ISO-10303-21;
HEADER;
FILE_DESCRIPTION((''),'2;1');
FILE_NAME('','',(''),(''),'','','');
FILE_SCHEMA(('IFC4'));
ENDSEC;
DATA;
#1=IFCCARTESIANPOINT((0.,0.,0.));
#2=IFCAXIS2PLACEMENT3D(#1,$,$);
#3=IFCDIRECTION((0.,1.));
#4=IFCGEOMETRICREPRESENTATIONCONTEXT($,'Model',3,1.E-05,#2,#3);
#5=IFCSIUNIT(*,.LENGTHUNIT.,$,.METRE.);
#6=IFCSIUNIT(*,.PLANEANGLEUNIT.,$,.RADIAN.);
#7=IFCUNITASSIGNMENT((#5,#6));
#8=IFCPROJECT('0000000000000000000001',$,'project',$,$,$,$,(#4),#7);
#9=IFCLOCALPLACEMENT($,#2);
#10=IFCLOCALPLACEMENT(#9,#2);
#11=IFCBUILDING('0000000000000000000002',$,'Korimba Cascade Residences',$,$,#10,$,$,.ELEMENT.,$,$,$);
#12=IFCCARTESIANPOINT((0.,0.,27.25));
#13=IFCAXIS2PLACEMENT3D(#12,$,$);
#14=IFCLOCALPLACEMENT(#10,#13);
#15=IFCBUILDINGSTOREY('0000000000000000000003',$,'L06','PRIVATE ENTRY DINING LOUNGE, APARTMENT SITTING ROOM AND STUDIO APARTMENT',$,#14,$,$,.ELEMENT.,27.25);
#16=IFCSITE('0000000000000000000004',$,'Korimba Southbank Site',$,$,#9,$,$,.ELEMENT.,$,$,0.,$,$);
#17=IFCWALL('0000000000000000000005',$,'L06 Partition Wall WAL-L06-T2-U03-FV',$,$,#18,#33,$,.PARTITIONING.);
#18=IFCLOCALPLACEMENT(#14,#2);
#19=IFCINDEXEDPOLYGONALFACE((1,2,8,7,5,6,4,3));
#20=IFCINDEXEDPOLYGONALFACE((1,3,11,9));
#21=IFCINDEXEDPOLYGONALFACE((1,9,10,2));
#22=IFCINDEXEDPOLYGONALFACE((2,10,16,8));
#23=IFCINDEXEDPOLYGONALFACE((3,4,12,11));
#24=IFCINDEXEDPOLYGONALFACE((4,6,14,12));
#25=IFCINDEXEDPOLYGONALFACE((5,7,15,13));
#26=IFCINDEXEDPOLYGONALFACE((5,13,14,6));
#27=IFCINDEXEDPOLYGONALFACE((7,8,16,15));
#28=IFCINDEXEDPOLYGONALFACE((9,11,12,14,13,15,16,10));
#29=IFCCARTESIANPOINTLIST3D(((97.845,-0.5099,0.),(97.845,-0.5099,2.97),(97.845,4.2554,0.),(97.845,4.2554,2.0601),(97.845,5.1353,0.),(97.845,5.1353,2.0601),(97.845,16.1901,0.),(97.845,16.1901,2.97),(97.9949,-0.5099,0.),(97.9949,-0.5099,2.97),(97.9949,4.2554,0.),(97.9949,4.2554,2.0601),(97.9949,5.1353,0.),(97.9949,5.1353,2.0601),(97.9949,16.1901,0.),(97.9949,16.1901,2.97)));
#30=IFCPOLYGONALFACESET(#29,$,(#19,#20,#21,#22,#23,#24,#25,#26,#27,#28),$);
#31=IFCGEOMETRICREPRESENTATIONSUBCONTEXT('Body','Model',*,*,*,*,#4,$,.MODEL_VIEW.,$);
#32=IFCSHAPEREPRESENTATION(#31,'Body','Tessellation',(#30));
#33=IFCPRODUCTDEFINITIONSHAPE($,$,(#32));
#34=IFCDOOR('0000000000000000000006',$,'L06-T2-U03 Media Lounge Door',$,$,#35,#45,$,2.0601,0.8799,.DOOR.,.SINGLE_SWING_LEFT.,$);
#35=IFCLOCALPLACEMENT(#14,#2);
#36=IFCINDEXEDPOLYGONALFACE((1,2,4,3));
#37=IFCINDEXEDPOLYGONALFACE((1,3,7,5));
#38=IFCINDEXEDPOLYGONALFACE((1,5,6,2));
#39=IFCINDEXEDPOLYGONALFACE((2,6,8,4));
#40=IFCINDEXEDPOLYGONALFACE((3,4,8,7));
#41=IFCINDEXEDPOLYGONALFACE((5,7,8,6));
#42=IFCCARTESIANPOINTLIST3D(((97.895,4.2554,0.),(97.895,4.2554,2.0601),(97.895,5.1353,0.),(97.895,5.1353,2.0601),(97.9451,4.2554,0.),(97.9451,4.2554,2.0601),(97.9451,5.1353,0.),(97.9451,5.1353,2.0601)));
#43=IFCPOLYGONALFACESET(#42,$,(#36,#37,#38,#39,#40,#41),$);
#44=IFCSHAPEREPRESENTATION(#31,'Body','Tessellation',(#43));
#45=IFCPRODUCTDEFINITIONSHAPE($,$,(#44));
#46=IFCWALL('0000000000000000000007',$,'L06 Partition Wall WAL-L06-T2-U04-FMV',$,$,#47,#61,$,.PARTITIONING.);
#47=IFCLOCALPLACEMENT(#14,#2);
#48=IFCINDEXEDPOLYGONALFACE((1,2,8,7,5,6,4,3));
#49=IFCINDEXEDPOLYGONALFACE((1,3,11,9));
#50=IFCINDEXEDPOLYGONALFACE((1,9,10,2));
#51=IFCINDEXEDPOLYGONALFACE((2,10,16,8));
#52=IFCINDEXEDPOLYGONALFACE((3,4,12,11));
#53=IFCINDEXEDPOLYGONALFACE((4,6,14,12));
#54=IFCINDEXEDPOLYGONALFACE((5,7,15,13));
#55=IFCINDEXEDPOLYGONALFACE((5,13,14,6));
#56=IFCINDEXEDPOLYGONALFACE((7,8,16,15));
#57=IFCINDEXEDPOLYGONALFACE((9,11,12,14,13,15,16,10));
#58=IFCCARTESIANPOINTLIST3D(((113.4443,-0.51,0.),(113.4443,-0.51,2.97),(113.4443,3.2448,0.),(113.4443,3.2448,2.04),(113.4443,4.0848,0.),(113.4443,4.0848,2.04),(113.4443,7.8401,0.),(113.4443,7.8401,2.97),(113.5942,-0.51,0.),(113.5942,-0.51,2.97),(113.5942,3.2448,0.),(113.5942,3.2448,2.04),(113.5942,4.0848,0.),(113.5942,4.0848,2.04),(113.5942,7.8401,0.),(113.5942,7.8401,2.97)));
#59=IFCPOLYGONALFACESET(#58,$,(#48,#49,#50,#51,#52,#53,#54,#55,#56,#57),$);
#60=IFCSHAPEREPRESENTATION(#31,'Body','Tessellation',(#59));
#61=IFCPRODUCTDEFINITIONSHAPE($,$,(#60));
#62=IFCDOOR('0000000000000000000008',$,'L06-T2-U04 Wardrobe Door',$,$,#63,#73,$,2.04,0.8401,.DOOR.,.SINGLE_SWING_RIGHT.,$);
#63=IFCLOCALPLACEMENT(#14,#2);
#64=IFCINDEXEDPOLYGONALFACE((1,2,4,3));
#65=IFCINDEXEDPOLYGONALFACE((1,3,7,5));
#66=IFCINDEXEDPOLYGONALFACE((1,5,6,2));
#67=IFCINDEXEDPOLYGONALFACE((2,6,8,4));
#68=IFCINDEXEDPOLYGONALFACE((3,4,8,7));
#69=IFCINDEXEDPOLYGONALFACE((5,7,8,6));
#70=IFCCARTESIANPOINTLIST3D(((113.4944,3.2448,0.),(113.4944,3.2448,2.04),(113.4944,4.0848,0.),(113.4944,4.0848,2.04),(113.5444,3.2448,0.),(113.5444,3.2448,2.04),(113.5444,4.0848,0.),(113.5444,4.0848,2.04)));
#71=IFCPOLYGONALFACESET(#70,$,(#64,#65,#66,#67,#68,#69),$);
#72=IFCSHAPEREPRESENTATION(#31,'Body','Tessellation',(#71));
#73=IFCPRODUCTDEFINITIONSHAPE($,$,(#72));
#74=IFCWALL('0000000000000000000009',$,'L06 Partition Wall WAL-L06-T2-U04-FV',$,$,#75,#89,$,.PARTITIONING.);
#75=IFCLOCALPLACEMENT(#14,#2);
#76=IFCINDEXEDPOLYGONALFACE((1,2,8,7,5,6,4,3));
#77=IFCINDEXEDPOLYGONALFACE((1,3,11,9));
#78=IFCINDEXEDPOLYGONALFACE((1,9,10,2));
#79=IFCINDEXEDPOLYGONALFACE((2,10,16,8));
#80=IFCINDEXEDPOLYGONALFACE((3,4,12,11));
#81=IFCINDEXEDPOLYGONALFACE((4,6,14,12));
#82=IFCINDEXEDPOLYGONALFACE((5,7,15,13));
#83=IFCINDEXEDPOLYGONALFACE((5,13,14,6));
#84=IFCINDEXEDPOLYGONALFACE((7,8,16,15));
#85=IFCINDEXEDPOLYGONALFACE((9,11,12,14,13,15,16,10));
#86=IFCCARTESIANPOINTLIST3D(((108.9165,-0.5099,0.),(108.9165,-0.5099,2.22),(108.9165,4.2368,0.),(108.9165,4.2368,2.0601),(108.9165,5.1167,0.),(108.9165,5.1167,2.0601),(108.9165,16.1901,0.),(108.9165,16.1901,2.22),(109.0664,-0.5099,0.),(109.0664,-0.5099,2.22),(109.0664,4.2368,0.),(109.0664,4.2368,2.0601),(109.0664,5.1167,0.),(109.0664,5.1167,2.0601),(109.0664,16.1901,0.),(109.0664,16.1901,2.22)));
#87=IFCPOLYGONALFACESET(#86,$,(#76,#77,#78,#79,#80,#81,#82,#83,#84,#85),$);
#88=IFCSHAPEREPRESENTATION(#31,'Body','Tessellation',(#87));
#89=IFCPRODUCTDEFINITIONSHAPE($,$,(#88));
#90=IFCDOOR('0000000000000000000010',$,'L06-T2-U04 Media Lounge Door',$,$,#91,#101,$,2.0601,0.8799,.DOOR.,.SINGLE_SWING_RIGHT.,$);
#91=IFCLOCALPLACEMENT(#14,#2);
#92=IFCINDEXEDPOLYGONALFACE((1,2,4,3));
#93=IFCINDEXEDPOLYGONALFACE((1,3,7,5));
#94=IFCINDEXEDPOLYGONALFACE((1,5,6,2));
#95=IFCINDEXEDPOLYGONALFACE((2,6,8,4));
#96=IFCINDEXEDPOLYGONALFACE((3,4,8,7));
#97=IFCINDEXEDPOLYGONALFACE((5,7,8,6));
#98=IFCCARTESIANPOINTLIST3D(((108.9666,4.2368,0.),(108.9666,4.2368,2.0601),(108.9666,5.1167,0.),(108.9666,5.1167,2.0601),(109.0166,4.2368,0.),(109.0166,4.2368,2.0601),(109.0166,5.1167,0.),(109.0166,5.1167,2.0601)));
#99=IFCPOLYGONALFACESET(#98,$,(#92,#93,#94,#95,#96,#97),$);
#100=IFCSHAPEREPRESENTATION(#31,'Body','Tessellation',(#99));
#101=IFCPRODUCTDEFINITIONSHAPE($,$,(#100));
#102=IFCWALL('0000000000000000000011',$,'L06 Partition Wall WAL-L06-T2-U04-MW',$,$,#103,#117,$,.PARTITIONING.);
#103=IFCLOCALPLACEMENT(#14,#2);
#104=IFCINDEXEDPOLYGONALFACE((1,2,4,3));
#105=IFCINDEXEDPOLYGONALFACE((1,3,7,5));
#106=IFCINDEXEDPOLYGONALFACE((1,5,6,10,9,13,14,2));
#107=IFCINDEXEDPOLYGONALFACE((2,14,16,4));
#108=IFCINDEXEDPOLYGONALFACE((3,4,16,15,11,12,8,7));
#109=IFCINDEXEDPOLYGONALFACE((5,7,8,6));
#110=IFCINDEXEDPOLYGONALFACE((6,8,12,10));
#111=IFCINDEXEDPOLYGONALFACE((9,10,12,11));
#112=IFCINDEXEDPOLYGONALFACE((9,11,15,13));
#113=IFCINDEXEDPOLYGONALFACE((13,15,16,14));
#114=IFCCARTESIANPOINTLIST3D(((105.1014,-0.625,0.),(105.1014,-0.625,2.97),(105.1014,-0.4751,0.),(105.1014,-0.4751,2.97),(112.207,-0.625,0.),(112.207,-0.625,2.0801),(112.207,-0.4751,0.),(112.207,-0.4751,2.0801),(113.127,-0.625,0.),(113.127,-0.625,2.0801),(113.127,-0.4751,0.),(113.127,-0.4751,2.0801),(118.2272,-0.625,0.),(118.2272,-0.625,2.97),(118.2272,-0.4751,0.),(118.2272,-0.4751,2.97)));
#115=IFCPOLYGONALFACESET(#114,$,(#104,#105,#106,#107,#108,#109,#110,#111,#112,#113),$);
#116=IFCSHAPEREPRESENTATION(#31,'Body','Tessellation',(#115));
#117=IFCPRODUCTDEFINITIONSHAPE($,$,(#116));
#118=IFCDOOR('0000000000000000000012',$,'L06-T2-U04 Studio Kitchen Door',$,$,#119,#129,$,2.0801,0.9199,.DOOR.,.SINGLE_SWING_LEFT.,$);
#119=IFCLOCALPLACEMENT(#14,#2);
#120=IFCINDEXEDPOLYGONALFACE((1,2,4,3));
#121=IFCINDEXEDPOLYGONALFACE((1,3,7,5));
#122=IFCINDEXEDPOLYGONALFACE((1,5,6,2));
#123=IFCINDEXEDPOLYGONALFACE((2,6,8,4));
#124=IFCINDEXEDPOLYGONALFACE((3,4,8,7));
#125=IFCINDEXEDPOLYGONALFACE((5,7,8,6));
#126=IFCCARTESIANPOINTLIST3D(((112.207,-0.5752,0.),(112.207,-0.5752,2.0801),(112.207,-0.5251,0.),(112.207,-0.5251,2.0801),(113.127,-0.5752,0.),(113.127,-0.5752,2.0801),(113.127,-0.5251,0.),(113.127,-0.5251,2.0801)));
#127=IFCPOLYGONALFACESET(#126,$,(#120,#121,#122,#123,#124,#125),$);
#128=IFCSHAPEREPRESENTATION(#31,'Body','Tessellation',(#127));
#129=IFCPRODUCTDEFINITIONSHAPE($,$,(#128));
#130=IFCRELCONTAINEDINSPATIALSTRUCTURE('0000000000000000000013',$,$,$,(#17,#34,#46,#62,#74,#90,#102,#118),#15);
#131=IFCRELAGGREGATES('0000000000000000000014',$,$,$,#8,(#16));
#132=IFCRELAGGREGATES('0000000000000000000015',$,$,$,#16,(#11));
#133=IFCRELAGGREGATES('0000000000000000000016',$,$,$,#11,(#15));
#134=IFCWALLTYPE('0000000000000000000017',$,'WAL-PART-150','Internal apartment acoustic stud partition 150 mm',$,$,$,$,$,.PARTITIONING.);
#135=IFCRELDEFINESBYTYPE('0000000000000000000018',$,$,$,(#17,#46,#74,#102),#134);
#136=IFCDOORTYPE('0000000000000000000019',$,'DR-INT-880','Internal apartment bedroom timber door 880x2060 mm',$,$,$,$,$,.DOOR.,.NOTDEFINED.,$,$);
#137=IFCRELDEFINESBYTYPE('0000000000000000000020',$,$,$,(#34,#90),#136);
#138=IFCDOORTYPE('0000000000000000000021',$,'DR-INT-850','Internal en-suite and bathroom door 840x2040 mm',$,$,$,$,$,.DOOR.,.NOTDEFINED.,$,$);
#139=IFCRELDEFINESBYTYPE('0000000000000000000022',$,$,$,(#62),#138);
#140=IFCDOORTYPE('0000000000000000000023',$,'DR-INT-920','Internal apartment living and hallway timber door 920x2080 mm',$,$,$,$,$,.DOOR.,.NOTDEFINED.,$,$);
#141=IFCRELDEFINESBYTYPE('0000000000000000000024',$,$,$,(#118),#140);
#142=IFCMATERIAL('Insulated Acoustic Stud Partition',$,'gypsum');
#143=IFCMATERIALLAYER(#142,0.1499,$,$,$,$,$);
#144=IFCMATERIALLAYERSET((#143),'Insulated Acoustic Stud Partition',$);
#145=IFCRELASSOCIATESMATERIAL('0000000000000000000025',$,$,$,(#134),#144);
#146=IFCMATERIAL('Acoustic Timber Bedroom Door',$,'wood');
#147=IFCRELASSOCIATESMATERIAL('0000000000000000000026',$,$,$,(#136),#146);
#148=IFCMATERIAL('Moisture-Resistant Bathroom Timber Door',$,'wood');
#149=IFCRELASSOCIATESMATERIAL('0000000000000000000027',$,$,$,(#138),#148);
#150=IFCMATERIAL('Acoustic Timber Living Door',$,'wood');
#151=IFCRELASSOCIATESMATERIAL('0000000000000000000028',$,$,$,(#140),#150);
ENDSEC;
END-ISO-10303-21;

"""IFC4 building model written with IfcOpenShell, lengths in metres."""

from ifc_helpers import new_model, si_unit, direction, frame, frame_2d, origin, place, context, subcontext, project, spatial, rectangle, extrude, material, layer, layer_set, type_object, element, fill, save


model = new_model("IFC4")

# Units and contexts
model_context = context("Model", 3, precision=1e-05, world=origin(), true_north=direction((0.0, 1.0)))
body_context = subcontext(model_context, "Body", "Model", "MODEL_VIEW")
ifc_project = project(units=[si_unit("LENGTHUNIT", "METRE"), si_unit("PLANEANGLEUNIT", "RADIAN")], contexts=[model_context])

# Site, building, storey
site_placement = place(None, origin())
site = spatial("IfcSite", under=ifc_project, at=site_placement, Name="Korimba Southbank Site", CompositionType="ELEMENT", RefElevation=0.0)
building_placement = place(site_placement, origin())
building = spatial("IfcBuilding", under=site, at=building_placement, Name="Korimba Cascade Residences", CompositionType="ELEMENT")
storey_placement = place(building_placement, frame((0.0, 0.0, 27.25)))
storey = spatial("IfcBuildingStorey", under=building, at=storey_placement, Name="L06", Description="PRIVATE ENTRY DINING LOUNGE, APARTMENT SITTING ROOM AND STUDIO APARTMENT", CompositionType="ELEMENT", Elevation=27.25)

# Walls, openings, doors
ifc_material_1 = material(Name="Insulated Acoustic Stud Partition", Category="gypsum")
ifc_layer = layer(ifc_material_1, 0.1499)
ifc_layer_set = layer_set([ifc_layer], Name="Insulated Acoustic Stud Partition")
wall_type = type_object("IfcWallType", Name="WAL-PART-150", Description="Internal apartment acoustic stud partition 150 mm", PredefinedType="PARTITIONING", material=ifc_layer_set)
wall_1_placement = place(storey_placement, frame((97.9199, -0.51, 0.0), z_axis=(0.0, 0.0, 1.0), x_axis=(0.0, 1.0, 0.0)))
wall_1 = element("IfcWall", 1, at=wall_1_placement, inside=storey, type_object=wall_type, Name="L06 Partition Wall WAL-L06-T2-U03-FV", PredefinedType="PARTITIONING", context=body_context, shape_type="SweptSolid", body=[
    extrude(rectangle(XDim=16.7, YDim=0.1499, at=frame_2d((8.3501, 0.0))), origin(), (0.0, 0.0, 1.0), 2.97),
])
opening_1_placement = place(wall_1_placement, frame((4.7654, 0.0, 0.0)))
opening_1 = element("IfcOpeningElement", 2, at=opening_1_placement, cuts=wall_1, PredefinedType="OPENING", context=body_context, shape_type="SweptSolid", body=[
    extrude(rectangle(XDim=0.8799, YDim=2.0601, at=frame_2d((0.4399, 1.03))), frame((0.0, 0.085, 0.0), z_axis=(0.0, -1.0, 0.0), x_axis=(1.0, 0.0, 0.0)), (0.0, 0.0, 1.0), 0.1699),
])
ifc_material_2 = material(Name="Acoustic Timber Bedroom Door", Category="wood")
door_type_1 = type_object("IfcDoorType", Name="DR-INT-880", Description="Internal apartment bedroom timber door 880x2060 mm", OperationType="NOTDEFINED", PredefinedType="DOOR", material=ifc_material_2)
door_1_placement = place(opening_1_placement, origin())
door_1 = element("IfcDoor", 3, at=door_1_placement, inside=storey, type_object=door_type_1, Name="L06-T2-U03 Media Lounge Door", OperationType="SINGLE_SWING_LEFT", OverallHeight=2.0601, OverallWidth=0.8799, PredefinedType="DOOR", context=body_context, shape_type="SweptSolid", body=[
    extrude(rectangle(XDim=0.8799, YDim=2.0601, at=frame_2d((0.4399, 1.03))), frame((0.0, 0.0249, 0.0), z_axis=(0.0, -1.0, 0.0), x_axis=(1.0, 0.0, 0.0)), (0.0, 0.0, 1.0), 0.05),
])
fill(opening_1, door_1)
wall_2_placement = place(storey_placement, frame((113.5193, -0.51, 0.0), z_axis=(0.0, 0.0, 1.0), x_axis=(0.0, 1.0, 0.0)))
wall_2 = element("IfcWall", 4, at=wall_2_placement, inside=storey, type_object=wall_type, Name="L06 Partition Wall WAL-L06-T2-U04-FMV", PredefinedType="PARTITIONING", context=body_context, shape_type="SweptSolid", body=[
    extrude(rectangle(XDim=8.3501, YDim=0.1499, at=frame_2d((4.175, 0.0))), origin(), (0.0, 0.0, 1.0), 2.97),
])
opening_2_placement = place(wall_2_placement, frame((3.7549, 0.0, 0.0)))
opening_2 = element("IfcOpeningElement", 5, at=opening_2_placement, cuts=wall_2, PredefinedType="OPENING", context=body_context, shape_type="SweptSolid", body=[
    extrude(rectangle(XDim=0.8401, YDim=2.04, at=frame_2d((0.4199, 1.02))), frame((0.0, 0.085, 0.0), z_axis=(0.0, -1.0, 0.0), x_axis=(1.0, 0.0, 0.0)), (0.0, 0.0, 1.0), 0.1699),
])
ifc_material_3 = material(Name="Moisture-Resistant Bathroom Timber Door", Category="wood")
door_type_2 = type_object("IfcDoorType", Name="DR-INT-850", Description="Internal en-suite and bathroom door 840x2040 mm", OperationType="NOTDEFINED", PredefinedType="DOOR", material=ifc_material_3)
door_2_placement = place(opening_2_placement, origin())
door_2 = element("IfcDoor", 6, at=door_2_placement, inside=storey, type_object=door_type_2, Name="L06-T2-U04 Wardrobe Door", OperationType="SINGLE_SWING_RIGHT", OverallHeight=2.04, OverallWidth=0.8401, PredefinedType="DOOR", context=body_context, shape_type="SweptSolid", body=[
    extrude(rectangle(XDim=0.8401, YDim=2.04, at=frame_2d((0.4199, 1.02))), frame((0.0, 0.0249, 0.0), z_axis=(0.0, -1.0, 0.0), x_axis=(1.0, 0.0, 0.0)), (0.0, 0.0, 1.0), 0.05),
])
fill(opening_2, door_2)
wall_3_placement = place(storey_placement, frame((108.9915, -0.51, 0.0), z_axis=(0.0, 0.0, 1.0), x_axis=(0.0, 1.0, 0.0)))
wall_3 = element("IfcWall", 7, at=wall_3_placement, inside=storey, type_object=wall_type, Name="L06 Partition Wall WAL-L06-T2-U04-FV", PredefinedType="PARTITIONING", context=body_context, shape_type="SweptSolid", body=[
    extrude(rectangle(XDim=16.7, YDim=0.1499, at=frame_2d((8.3501, 0.0))), origin(), (0.0, 0.0, 1.0), 2.22),
])
opening_3_placement = place(wall_3_placement, frame((4.7468, 0.0, 0.0)))
opening_3 = element("IfcOpeningElement", 8, at=opening_3_placement, cuts=wall_3, PredefinedType="OPENING", context=body_context, shape_type="SweptSolid", body=[
    extrude(rectangle(XDim=0.8799, YDim=2.0601, at=frame_2d((0.4399, 1.03))), frame((0.0, 0.085, 0.0), z_axis=(0.0, -1.0, 0.0), x_axis=(1.0, 0.0, 0.0)), (0.0, 0.0, 1.0), 0.1699),
])
door_3_placement = place(opening_3_placement, origin())
door_3 = element("IfcDoor", 9, at=door_3_placement, inside=storey, type_object=door_type_1, Name="L06-T2-U04 Media Lounge Door", OperationType="SINGLE_SWING_RIGHT", OverallHeight=2.0601, OverallWidth=0.8799, PredefinedType="DOOR", context=body_context, shape_type="SweptSolid", body=[
    extrude(rectangle(XDim=0.8799, YDim=2.0601, at=frame_2d((0.4399, 1.03))), frame((0.0, 0.0249, 0.0), z_axis=(0.0, -1.0, 0.0), x_axis=(1.0, 0.0, 0.0)), (0.0, 0.0, 1.0), 0.05),
])
fill(opening_3, door_3)
wall_4_placement = place(storey_placement, frame((105.1013, -0.55, 0.0), z_axis=(0.0, 0.0, 1.0), x_axis=(1.0, 0.0, 0.0)))
wall_4 = element("IfcWall", 10, at=wall_4_placement, inside=storey, type_object=wall_type, Name="L06 Partition Wall WAL-L06-T2-U04-MW", PredefinedType="PARTITIONING", context=body_context, shape_type="SweptSolid", body=[
    extrude(rectangle(XDim=13.1257, YDim=0.1499, at=frame_2d((6.563, 0.0))), origin(), (0.0, 0.0, 1.0), 2.97),
])
opening_4_placement = place(wall_4_placement, frame((7.1057, 0.0, 0.0)))
opening_4 = element("IfcOpeningElement", 11, at=opening_4_placement, cuts=wall_4, PredefinedType="OPENING", context=body_context, shape_type="SweptSolid", body=[
    extrude(rectangle(XDim=0.9199, YDim=2.0801, at=frame_2d((0.46, 1.04))), frame((0.0, 0.085, 0.0), z_axis=(0.0, -1.0, 0.0), x_axis=(1.0, 0.0, 0.0)), (0.0, 0.0, 1.0), 0.1699),
])
ifc_material_4 = material(Name="Acoustic Timber Living Door", Category="wood")
door_type_3 = type_object("IfcDoorType", Name="DR-INT-920", Description="Internal apartment living and hallway timber door 920x2080 mm", OperationType="NOTDEFINED", PredefinedType="DOOR", material=ifc_material_4)
door_4_placement = place(opening_4_placement, origin())
door_4 = element("IfcDoor", 12, at=door_4_placement, inside=storey, type_object=door_type_3, Name="L06-T2-U04 Studio Kitchen Door", OperationType="SINGLE_SWING_LEFT", OverallHeight=2.0801, OverallWidth=0.9199, PredefinedType="DOOR", context=body_context, shape_type="SweptSolid", body=[
    extrude(rectangle(XDim=0.9199, YDim=2.0801, at=frame_2d((0.46, 1.04))), frame((0.0, 0.0249, 0.0), z_axis=(0.0, -1.0, 0.0), x_axis=(1.0, 0.0, 0.0)), (0.0, 0.0, 1.0), 0.05),
])
fill(opening_4, door_4)

save(model, "model.ifc")
